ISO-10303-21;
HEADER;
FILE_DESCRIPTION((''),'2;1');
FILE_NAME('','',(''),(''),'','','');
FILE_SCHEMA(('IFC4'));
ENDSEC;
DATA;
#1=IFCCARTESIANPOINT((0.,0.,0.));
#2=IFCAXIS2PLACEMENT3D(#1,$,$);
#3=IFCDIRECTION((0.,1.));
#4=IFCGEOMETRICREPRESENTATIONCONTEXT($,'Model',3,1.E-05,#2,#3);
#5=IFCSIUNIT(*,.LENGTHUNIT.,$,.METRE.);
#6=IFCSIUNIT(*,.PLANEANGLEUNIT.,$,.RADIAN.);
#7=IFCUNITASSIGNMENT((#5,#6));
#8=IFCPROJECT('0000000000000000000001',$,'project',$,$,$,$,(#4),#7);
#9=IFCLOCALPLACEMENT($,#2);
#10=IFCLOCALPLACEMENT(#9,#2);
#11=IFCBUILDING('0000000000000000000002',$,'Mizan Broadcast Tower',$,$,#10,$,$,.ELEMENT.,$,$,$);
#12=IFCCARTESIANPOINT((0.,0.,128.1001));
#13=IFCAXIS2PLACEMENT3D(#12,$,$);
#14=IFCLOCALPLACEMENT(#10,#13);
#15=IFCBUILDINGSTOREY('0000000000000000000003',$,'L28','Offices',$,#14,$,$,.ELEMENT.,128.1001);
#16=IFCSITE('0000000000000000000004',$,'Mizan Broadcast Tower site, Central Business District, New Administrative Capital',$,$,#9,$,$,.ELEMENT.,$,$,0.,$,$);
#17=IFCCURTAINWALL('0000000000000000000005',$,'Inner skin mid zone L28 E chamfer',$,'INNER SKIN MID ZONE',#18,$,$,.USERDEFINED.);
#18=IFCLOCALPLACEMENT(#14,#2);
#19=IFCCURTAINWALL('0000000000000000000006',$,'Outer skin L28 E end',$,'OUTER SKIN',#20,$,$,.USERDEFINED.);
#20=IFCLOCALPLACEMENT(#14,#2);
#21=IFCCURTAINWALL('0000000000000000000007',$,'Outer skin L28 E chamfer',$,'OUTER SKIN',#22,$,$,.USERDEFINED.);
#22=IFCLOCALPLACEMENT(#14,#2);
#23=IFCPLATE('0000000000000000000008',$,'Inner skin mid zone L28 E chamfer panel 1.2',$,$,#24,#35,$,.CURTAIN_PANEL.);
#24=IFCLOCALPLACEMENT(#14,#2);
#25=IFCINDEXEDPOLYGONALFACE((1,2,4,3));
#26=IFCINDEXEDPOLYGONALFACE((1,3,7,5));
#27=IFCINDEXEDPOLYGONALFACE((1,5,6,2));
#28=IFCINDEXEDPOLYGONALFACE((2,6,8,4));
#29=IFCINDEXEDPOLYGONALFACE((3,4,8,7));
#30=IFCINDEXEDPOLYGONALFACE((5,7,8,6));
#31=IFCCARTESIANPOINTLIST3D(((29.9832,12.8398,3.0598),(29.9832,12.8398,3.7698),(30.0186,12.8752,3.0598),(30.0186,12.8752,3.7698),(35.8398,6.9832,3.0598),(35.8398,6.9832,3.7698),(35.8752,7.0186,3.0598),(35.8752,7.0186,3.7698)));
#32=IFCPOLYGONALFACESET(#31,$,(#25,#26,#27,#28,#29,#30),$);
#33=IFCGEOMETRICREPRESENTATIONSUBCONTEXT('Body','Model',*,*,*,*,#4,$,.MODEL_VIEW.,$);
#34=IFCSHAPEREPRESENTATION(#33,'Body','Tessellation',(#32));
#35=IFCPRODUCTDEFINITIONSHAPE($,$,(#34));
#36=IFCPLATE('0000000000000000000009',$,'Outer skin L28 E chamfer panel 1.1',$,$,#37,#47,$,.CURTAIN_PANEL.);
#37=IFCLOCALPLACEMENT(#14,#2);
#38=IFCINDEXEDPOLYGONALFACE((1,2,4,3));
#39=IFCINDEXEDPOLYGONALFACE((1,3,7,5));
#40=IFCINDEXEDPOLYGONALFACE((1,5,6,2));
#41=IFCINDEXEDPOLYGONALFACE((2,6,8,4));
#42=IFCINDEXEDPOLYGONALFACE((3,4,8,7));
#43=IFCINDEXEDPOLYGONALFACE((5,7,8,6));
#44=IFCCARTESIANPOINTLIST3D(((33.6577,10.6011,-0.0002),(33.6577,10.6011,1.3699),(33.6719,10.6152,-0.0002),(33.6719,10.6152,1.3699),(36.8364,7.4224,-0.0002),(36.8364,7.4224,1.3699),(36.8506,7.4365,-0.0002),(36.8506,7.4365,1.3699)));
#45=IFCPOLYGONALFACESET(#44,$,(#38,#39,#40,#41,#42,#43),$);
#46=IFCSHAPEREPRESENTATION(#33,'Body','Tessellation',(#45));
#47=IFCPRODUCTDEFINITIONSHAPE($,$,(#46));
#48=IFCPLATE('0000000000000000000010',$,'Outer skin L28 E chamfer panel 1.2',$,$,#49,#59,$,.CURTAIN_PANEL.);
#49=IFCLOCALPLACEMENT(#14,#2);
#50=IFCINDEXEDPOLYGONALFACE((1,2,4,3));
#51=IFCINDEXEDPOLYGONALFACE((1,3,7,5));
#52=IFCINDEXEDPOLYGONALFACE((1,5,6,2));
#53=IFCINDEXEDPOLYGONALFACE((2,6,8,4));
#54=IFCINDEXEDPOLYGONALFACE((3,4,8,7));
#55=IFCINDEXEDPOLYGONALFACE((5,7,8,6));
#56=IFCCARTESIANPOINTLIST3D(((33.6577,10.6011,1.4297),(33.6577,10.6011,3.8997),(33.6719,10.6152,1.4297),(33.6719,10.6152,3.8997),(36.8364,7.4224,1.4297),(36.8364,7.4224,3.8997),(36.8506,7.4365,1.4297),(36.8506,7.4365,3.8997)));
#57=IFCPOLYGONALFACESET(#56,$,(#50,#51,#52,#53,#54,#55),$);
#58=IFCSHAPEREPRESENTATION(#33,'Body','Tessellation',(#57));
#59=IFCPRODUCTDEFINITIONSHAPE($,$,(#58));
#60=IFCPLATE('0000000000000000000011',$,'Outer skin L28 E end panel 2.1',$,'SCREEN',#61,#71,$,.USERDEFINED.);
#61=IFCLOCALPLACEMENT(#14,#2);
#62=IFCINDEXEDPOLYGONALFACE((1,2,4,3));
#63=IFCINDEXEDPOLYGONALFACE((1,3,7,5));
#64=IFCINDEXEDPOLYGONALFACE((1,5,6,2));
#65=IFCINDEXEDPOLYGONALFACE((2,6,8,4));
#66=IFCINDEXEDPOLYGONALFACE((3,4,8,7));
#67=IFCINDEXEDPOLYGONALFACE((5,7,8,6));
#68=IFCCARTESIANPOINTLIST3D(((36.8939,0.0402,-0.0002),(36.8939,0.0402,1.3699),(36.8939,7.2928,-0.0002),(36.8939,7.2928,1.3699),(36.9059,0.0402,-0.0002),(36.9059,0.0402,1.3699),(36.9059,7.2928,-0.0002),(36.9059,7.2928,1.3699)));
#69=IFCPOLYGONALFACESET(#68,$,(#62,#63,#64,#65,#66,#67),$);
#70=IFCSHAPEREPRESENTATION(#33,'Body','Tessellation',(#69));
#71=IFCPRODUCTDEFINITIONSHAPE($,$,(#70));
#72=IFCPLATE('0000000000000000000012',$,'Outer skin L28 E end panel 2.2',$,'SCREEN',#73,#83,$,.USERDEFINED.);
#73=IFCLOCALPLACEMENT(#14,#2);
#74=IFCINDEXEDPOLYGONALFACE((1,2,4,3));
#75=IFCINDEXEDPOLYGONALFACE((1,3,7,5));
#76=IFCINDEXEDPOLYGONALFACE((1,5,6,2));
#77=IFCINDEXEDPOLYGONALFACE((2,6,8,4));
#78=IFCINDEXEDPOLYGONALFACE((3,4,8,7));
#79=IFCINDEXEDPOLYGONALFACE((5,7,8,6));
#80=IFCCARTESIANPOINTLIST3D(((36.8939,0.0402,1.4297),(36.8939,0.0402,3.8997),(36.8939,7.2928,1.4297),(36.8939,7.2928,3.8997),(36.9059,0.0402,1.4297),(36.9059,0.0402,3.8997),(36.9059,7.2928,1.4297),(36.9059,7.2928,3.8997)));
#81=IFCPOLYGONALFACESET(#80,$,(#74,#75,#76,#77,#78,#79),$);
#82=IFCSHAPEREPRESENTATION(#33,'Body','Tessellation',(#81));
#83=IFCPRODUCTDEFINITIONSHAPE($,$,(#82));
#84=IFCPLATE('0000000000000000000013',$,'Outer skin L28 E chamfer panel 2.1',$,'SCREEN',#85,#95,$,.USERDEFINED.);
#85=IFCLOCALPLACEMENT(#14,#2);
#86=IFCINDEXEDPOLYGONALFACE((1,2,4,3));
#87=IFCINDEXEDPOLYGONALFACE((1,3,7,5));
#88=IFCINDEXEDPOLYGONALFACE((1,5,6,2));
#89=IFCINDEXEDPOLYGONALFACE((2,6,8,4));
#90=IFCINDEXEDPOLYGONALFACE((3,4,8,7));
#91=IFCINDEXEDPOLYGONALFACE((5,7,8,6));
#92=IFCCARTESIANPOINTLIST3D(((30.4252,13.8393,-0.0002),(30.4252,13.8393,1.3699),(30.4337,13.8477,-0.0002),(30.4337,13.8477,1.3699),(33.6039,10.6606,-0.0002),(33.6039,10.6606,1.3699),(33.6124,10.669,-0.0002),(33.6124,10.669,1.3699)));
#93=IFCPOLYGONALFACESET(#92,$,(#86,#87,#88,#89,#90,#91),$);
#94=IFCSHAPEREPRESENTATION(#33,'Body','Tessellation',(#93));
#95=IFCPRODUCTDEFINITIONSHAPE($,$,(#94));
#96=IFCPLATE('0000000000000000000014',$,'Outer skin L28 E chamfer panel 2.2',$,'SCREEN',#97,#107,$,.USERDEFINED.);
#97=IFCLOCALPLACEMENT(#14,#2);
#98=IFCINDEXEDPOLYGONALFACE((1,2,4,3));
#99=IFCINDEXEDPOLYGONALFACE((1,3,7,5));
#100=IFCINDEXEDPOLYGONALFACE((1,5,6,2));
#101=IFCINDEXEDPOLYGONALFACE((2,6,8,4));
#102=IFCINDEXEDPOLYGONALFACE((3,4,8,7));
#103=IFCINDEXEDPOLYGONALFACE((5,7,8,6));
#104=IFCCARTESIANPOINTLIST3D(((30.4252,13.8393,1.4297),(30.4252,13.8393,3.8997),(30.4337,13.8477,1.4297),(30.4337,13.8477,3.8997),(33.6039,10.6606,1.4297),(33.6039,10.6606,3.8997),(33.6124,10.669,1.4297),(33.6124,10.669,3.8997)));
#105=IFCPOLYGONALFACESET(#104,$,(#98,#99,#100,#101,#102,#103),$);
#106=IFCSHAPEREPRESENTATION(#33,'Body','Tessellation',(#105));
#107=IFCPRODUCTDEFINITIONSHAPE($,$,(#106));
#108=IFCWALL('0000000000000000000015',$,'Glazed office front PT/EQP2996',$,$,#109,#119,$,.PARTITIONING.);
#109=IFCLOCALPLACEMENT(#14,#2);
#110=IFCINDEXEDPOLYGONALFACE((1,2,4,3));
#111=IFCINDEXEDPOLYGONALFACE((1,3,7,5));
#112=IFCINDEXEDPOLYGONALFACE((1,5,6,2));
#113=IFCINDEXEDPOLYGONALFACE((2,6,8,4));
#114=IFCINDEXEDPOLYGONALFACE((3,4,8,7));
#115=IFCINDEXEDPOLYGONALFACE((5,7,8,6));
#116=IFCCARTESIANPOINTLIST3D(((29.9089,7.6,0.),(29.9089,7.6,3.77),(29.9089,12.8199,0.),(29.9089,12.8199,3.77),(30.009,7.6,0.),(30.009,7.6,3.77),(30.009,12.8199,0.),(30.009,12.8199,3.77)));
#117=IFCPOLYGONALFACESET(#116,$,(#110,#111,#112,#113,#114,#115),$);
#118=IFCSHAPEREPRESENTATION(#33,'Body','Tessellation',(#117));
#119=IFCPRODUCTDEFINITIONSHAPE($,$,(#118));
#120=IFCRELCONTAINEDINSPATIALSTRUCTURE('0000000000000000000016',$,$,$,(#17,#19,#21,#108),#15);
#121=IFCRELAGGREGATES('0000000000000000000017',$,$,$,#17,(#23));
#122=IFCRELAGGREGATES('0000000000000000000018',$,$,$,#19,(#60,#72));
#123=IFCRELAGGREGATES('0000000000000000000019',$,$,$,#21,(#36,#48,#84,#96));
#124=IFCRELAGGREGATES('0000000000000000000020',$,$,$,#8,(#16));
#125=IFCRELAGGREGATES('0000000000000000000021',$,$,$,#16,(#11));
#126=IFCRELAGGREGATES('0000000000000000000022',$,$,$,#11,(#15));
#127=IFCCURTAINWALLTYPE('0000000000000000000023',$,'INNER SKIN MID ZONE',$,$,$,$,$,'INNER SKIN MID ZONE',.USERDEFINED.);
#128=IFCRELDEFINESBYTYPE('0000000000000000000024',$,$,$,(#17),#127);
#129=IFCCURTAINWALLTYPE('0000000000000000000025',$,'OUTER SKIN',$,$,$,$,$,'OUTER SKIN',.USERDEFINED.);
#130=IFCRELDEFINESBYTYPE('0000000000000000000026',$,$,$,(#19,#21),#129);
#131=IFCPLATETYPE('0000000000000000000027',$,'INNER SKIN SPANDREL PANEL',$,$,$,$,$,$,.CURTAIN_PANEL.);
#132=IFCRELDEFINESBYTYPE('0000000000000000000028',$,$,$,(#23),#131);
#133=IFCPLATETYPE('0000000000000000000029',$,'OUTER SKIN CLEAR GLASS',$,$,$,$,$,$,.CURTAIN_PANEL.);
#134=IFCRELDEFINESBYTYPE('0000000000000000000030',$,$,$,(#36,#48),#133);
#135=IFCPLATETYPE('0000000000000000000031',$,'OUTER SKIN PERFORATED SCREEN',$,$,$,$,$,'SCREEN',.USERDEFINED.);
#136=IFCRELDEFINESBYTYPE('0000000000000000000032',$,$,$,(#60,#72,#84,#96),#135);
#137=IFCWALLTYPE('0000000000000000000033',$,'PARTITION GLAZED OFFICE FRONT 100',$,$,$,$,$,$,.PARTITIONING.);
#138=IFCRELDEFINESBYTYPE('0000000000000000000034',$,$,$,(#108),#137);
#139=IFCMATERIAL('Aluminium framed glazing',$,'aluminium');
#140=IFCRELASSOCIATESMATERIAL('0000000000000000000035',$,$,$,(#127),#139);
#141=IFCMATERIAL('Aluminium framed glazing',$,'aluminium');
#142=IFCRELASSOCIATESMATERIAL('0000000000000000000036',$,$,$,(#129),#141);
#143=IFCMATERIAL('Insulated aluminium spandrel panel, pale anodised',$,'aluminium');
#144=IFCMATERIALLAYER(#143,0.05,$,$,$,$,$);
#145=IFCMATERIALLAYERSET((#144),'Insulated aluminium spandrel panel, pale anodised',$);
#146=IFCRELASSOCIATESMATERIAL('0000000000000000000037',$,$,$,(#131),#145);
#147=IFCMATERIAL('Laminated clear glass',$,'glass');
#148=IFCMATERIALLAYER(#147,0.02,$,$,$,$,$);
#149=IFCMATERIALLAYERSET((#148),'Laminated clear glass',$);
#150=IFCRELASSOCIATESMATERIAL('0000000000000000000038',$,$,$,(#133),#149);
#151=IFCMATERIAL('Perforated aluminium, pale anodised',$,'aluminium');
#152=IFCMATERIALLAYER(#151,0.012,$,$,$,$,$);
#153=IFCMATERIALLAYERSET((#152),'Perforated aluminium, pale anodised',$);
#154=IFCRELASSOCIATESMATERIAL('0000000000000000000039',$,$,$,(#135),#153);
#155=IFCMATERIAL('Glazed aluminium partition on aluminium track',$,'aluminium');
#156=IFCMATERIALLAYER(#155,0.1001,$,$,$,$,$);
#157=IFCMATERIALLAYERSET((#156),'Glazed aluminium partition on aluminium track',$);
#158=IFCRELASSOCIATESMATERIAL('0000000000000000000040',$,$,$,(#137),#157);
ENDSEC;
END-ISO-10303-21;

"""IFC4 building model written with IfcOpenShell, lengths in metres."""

from ifc_helpers import new_model, si_unit, direction, frame, frame_2d, origin, origin_2d, place, context, subcontext, project, spatial, rectangle, extrude, material, layer, layer_set, type_object, element, aggregate, save


model = new_model("IFC4")

# Units and contexts
model_context = context("Model", 3, precision=1e-05, world=origin(), true_north=direction((0.0, 1.0)))
body_context = subcontext(model_context, "Body", "Model", "MODEL_VIEW")
ifc_project = project(units=[si_unit("LENGTHUNIT", "METRE"), si_unit("PLANEANGLEUNIT", "RADIAN")], contexts=[model_context])

# Site, building, storey
site_placement = place(None, origin())
site = spatial("IfcSite", under=ifc_project, at=site_placement, Name="Mizan Broadcast Tower site, Central Business District, New Administrative Capital", CompositionType="ELEMENT", RefElevation=0.0)
building_placement = place(site_placement, origin())
building = spatial("IfcBuilding", under=site, at=building_placement, Name="Mizan Broadcast Tower", CompositionType="ELEMENT")
storey_placement = place(building_placement, frame((0.0, 0.0, 128.1001)))
storey = spatial("IfcBuildingStorey", under=building, at=storey_placement, Name="L28", Description="Offices", CompositionType="ELEMENT", Elevation=128.1001)

# Shared definitions
ifc_material_1 = material(Name="Aluminium framed glazing", Category="aluminium")
curtain_wall_type_1 = type_object("IfcCurtainWallType", Name="INNER SKIN MID ZONE", ElementType="INNER SKIN MID ZONE", PredefinedType="USERDEFINED", material=ifc_material_1)

# Curtain wall
curtain_wall_1_placement = place(storey_placement, origin())
curtain_wall_1 = element("IfcCurtainWall", 1, at=curtain_wall_1_placement, inside=storey, type_object=curtain_wall_type_1, Name="Inner skin mid zone L28 E chamfer", ObjectType="INNER SKIN MID ZONE", PredefinedType="USERDEFINED")

# Curtain walls
ifc_material_2 = material(Name="Aluminium framed glazing", Category="aluminium")
curtain_wall_type_2 = type_object("IfcCurtainWallType", Name="OUTER SKIN", ElementType="OUTER SKIN", PredefinedType="USERDEFINED", material=ifc_material_2)
curtain_wall_2_placement = place(storey_placement, origin())
curtain_wall_2 = element("IfcCurtainWall", 2, at=curtain_wall_2_placement, inside=storey, type_object=curtain_wall_type_2, Name="Outer skin L28 E end", ObjectType="OUTER SKIN", PredefinedType="USERDEFINED")
curtain_wall_3_placement = place(storey_placement, origin())
curtain_wall_3 = element("IfcCurtainWall", 3, at=curtain_wall_3_placement, inside=storey, type_object=curtain_wall_type_2, Name="Outer skin L28 E chamfer", ObjectType="OUTER SKIN", PredefinedType="USERDEFINED")

# Plates
ifc_material_3 = material(Name="Insulated aluminium spandrel panel, pale anodised", Category="aluminium")
ifc_layer_1 = layer(ifc_material_3, 0.05)
ifc_layer_set_1 = layer_set([ifc_layer_1], Name="Insulated aluminium spandrel panel, pale anodised")
plate_type_1 = type_object("IfcPlateType", Name="INNER SKIN SPANDREL PANEL", PredefinedType="CURTAIN_PANEL", material=ifc_layer_set_1)
plate_1_placement = place(storey_placement, frame((32.9292, 9.9292, 3.0598), z_axis=(0.0, 0.0, 1.0), x_axis=(-0.707107, 0.707107, 0.0)))
plate_1 = element("IfcPlate", 4, at=plate_1_placement, type_object=plate_type_1, Name="Inner skin mid zone L28 E chamfer panel 1.2", PredefinedType="CURTAIN_PANEL", context=body_context, shape_type="SweptSolid", body=[
    extrude(rectangle(XDim=8.2825, YDim=0.05, at=origin_2d()), origin(), (0.0, 0.0, 1.0), 0.71),
])
aggregate(curtain_wall_1, [plate_1])
ifc_material_4 = material(Name="Laminated clear glass", Category="glass")
ifc_layer_2 = layer(ifc_material_4, 0.02)
ifc_layer_set_2 = layer_set([ifc_layer_2], Name="Laminated clear glass")
plate_type_2 = type_object("IfcPlateType", Name="OUTER SKIN CLEAR GLASS", PredefinedType="CURTAIN_PANEL", material=ifc_layer_set_2)
plate_2_placement = place(storey_placement, frame((35.2542, 9.0188, -0.0002), z_axis=(0.0, 0.0, 1.0), x_axis=(-0.707107, 0.707107, 0.0)))
plate_2 = element("IfcPlate", 5, at=plate_2_placement, type_object=plate_type_2, Name="Outer skin L28 E chamfer panel 1.1", PredefinedType="CURTAIN_PANEL", context=body_context, shape_type="SweptSolid", body=[
    extrude(rectangle(XDim=4.4954, YDim=0.02, at=origin_2d()), origin(), (0.0, 0.0, 1.0), 1.3701),
])
plate_3_placement = place(storey_placement, frame((35.2542, 9.0188, 1.4297), z_axis=(0.0, 0.0, 1.0), x_axis=(-0.707107, 0.707107, 0.0)))
plate_3 = element("IfcPlate", 6, at=plate_3_placement, type_object=plate_type_2, Name="Outer skin L28 E chamfer panel 1.2", PredefinedType="CURTAIN_PANEL", context=body_context, shape_type="SweptSolid", body=[
    extrude(rectangle(XDim=4.4954, YDim=0.02, at=origin_2d()), origin(), (0.0, 0.0, 1.0), 2.47),
])
ifc_material_5 = material(Name="Perforated aluminium, pale anodised", Category="aluminium")
ifc_layer_3 = layer(ifc_material_5, 0.012)
ifc_layer_set_3 = layer_set([ifc_layer_3], Name="Perforated aluminium, pale anodised")
plate_type_3 = type_object("IfcPlateType", Name="OUTER SKIN PERFORATED SCREEN", ElementType="SCREEN", PredefinedType="USERDEFINED", material=ifc_layer_set_3)
plate_4_placement = place(storey_placement, frame((36.8999, 3.6665, -0.0002), z_axis=(0.0, 0.0, 1.0), x_axis=(0.0, 1.0, 0.0)))
plate_4 = element("IfcPlate", 7, at=plate_4_placement, type_object=plate_type_3, Name="Outer skin L28 E end panel 2.1", ObjectType="SCREEN", PredefinedType="USERDEFINED", context=body_context, shape_type="SweptSolid", body=[
    extrude(rectangle(XDim=7.2527, YDim=0.012, at=origin_2d()), origin(), (0.0, 0.0, 1.0), 1.3701),
])
plate_5_placement = place(storey_placement, frame((36.8999, 3.6665, 1.4297), z_axis=(0.0, 0.0, 1.0), x_axis=(0.0, 1.0, 0.0)))
plate_5 = element("IfcPlate", 8, at=plate_5_placement, type_object=plate_type_3, Name="Outer skin L28 E end panel 2.2", ObjectType="SCREEN", PredefinedType="USERDEFINED", context=body_context, shape_type="SweptSolid", body=[
    extrude(rectangle(XDim=7.2527, YDim=0.012, at=origin_2d()), origin(), (0.0, 0.0, 1.0), 2.47),
])
aggregate(curtain_wall_2, [plate_4, plate_5])
plate_6_placement = place(storey_placement, frame((32.0188, 12.2542, -0.0002), z_axis=(0.0, 0.0, 1.0), x_axis=(-0.707107, 0.707107, 0.0)))
plate_6 = element("IfcPlate", 9, at=plate_6_placement, type_object=plate_type_3, Name="Outer skin L28 E chamfer panel 2.1", ObjectType="SCREEN", PredefinedType="USERDEFINED", context=body_context, shape_type="SweptSolid", body=[
    extrude(rectangle(XDim=4.4954, YDim=0.012, at=origin_2d()), origin(), (0.0, 0.0, 1.0), 1.3701),
])
plate_7_placement = place(storey_placement, frame((32.0188, 12.2542, 1.4297), z_axis=(0.0, 0.0, 1.0), x_axis=(-0.707107, 0.707107, 0.0)))
plate_7 = element("IfcPlate", 10, at=plate_7_placement, type_object=plate_type_3, Name="Outer skin L28 E chamfer panel 2.2", ObjectType="SCREEN", PredefinedType="USERDEFINED", context=body_context, shape_type="SweptSolid", body=[
    extrude(rectangle(XDim=4.4954, YDim=0.012, at=origin_2d()), origin(), (0.0, 0.0, 1.0), 2.47),
])
aggregate(curtain_wall_3, [plate_2, plate_3, plate_6, plate_7])

# Wall
ifc_material_6 = material(Name="Glazed aluminium partition on aluminium track", Category="aluminium")
ifc_layer_4 = layer(ifc_material_6, 0.1001)
ifc_layer_set_4 = layer_set([ifc_layer_4], Name="Glazed aluminium partition on aluminium track")
wall_type = type_object("IfcWallType", Name="PARTITION GLAZED OFFICE FRONT 100", PredefinedType="PARTITIONING", material=ifc_layer_set_4)
wall_placement = place(storey_placement, frame((29.959, 7.6001, 0.0), z_axis=(0.0, 0.0, 1.0), x_axis=(0.0, 1.0, 0.0)))
element("IfcWall", 11, at=wall_placement, inside=storey, type_object=wall_type, Name="Glazed office front PT/EQP2996", PredefinedType="PARTITIONING", context=body_context, shape_type="SweptSolid", body=[
    extrude(rectangle(XDim=5.22, YDim=0.1001, at=frame_2d((2.6099, 0.0))), origin(), (0.0, 0.0, 1.0), 3.77),
])

save(model, "model.ifc")
